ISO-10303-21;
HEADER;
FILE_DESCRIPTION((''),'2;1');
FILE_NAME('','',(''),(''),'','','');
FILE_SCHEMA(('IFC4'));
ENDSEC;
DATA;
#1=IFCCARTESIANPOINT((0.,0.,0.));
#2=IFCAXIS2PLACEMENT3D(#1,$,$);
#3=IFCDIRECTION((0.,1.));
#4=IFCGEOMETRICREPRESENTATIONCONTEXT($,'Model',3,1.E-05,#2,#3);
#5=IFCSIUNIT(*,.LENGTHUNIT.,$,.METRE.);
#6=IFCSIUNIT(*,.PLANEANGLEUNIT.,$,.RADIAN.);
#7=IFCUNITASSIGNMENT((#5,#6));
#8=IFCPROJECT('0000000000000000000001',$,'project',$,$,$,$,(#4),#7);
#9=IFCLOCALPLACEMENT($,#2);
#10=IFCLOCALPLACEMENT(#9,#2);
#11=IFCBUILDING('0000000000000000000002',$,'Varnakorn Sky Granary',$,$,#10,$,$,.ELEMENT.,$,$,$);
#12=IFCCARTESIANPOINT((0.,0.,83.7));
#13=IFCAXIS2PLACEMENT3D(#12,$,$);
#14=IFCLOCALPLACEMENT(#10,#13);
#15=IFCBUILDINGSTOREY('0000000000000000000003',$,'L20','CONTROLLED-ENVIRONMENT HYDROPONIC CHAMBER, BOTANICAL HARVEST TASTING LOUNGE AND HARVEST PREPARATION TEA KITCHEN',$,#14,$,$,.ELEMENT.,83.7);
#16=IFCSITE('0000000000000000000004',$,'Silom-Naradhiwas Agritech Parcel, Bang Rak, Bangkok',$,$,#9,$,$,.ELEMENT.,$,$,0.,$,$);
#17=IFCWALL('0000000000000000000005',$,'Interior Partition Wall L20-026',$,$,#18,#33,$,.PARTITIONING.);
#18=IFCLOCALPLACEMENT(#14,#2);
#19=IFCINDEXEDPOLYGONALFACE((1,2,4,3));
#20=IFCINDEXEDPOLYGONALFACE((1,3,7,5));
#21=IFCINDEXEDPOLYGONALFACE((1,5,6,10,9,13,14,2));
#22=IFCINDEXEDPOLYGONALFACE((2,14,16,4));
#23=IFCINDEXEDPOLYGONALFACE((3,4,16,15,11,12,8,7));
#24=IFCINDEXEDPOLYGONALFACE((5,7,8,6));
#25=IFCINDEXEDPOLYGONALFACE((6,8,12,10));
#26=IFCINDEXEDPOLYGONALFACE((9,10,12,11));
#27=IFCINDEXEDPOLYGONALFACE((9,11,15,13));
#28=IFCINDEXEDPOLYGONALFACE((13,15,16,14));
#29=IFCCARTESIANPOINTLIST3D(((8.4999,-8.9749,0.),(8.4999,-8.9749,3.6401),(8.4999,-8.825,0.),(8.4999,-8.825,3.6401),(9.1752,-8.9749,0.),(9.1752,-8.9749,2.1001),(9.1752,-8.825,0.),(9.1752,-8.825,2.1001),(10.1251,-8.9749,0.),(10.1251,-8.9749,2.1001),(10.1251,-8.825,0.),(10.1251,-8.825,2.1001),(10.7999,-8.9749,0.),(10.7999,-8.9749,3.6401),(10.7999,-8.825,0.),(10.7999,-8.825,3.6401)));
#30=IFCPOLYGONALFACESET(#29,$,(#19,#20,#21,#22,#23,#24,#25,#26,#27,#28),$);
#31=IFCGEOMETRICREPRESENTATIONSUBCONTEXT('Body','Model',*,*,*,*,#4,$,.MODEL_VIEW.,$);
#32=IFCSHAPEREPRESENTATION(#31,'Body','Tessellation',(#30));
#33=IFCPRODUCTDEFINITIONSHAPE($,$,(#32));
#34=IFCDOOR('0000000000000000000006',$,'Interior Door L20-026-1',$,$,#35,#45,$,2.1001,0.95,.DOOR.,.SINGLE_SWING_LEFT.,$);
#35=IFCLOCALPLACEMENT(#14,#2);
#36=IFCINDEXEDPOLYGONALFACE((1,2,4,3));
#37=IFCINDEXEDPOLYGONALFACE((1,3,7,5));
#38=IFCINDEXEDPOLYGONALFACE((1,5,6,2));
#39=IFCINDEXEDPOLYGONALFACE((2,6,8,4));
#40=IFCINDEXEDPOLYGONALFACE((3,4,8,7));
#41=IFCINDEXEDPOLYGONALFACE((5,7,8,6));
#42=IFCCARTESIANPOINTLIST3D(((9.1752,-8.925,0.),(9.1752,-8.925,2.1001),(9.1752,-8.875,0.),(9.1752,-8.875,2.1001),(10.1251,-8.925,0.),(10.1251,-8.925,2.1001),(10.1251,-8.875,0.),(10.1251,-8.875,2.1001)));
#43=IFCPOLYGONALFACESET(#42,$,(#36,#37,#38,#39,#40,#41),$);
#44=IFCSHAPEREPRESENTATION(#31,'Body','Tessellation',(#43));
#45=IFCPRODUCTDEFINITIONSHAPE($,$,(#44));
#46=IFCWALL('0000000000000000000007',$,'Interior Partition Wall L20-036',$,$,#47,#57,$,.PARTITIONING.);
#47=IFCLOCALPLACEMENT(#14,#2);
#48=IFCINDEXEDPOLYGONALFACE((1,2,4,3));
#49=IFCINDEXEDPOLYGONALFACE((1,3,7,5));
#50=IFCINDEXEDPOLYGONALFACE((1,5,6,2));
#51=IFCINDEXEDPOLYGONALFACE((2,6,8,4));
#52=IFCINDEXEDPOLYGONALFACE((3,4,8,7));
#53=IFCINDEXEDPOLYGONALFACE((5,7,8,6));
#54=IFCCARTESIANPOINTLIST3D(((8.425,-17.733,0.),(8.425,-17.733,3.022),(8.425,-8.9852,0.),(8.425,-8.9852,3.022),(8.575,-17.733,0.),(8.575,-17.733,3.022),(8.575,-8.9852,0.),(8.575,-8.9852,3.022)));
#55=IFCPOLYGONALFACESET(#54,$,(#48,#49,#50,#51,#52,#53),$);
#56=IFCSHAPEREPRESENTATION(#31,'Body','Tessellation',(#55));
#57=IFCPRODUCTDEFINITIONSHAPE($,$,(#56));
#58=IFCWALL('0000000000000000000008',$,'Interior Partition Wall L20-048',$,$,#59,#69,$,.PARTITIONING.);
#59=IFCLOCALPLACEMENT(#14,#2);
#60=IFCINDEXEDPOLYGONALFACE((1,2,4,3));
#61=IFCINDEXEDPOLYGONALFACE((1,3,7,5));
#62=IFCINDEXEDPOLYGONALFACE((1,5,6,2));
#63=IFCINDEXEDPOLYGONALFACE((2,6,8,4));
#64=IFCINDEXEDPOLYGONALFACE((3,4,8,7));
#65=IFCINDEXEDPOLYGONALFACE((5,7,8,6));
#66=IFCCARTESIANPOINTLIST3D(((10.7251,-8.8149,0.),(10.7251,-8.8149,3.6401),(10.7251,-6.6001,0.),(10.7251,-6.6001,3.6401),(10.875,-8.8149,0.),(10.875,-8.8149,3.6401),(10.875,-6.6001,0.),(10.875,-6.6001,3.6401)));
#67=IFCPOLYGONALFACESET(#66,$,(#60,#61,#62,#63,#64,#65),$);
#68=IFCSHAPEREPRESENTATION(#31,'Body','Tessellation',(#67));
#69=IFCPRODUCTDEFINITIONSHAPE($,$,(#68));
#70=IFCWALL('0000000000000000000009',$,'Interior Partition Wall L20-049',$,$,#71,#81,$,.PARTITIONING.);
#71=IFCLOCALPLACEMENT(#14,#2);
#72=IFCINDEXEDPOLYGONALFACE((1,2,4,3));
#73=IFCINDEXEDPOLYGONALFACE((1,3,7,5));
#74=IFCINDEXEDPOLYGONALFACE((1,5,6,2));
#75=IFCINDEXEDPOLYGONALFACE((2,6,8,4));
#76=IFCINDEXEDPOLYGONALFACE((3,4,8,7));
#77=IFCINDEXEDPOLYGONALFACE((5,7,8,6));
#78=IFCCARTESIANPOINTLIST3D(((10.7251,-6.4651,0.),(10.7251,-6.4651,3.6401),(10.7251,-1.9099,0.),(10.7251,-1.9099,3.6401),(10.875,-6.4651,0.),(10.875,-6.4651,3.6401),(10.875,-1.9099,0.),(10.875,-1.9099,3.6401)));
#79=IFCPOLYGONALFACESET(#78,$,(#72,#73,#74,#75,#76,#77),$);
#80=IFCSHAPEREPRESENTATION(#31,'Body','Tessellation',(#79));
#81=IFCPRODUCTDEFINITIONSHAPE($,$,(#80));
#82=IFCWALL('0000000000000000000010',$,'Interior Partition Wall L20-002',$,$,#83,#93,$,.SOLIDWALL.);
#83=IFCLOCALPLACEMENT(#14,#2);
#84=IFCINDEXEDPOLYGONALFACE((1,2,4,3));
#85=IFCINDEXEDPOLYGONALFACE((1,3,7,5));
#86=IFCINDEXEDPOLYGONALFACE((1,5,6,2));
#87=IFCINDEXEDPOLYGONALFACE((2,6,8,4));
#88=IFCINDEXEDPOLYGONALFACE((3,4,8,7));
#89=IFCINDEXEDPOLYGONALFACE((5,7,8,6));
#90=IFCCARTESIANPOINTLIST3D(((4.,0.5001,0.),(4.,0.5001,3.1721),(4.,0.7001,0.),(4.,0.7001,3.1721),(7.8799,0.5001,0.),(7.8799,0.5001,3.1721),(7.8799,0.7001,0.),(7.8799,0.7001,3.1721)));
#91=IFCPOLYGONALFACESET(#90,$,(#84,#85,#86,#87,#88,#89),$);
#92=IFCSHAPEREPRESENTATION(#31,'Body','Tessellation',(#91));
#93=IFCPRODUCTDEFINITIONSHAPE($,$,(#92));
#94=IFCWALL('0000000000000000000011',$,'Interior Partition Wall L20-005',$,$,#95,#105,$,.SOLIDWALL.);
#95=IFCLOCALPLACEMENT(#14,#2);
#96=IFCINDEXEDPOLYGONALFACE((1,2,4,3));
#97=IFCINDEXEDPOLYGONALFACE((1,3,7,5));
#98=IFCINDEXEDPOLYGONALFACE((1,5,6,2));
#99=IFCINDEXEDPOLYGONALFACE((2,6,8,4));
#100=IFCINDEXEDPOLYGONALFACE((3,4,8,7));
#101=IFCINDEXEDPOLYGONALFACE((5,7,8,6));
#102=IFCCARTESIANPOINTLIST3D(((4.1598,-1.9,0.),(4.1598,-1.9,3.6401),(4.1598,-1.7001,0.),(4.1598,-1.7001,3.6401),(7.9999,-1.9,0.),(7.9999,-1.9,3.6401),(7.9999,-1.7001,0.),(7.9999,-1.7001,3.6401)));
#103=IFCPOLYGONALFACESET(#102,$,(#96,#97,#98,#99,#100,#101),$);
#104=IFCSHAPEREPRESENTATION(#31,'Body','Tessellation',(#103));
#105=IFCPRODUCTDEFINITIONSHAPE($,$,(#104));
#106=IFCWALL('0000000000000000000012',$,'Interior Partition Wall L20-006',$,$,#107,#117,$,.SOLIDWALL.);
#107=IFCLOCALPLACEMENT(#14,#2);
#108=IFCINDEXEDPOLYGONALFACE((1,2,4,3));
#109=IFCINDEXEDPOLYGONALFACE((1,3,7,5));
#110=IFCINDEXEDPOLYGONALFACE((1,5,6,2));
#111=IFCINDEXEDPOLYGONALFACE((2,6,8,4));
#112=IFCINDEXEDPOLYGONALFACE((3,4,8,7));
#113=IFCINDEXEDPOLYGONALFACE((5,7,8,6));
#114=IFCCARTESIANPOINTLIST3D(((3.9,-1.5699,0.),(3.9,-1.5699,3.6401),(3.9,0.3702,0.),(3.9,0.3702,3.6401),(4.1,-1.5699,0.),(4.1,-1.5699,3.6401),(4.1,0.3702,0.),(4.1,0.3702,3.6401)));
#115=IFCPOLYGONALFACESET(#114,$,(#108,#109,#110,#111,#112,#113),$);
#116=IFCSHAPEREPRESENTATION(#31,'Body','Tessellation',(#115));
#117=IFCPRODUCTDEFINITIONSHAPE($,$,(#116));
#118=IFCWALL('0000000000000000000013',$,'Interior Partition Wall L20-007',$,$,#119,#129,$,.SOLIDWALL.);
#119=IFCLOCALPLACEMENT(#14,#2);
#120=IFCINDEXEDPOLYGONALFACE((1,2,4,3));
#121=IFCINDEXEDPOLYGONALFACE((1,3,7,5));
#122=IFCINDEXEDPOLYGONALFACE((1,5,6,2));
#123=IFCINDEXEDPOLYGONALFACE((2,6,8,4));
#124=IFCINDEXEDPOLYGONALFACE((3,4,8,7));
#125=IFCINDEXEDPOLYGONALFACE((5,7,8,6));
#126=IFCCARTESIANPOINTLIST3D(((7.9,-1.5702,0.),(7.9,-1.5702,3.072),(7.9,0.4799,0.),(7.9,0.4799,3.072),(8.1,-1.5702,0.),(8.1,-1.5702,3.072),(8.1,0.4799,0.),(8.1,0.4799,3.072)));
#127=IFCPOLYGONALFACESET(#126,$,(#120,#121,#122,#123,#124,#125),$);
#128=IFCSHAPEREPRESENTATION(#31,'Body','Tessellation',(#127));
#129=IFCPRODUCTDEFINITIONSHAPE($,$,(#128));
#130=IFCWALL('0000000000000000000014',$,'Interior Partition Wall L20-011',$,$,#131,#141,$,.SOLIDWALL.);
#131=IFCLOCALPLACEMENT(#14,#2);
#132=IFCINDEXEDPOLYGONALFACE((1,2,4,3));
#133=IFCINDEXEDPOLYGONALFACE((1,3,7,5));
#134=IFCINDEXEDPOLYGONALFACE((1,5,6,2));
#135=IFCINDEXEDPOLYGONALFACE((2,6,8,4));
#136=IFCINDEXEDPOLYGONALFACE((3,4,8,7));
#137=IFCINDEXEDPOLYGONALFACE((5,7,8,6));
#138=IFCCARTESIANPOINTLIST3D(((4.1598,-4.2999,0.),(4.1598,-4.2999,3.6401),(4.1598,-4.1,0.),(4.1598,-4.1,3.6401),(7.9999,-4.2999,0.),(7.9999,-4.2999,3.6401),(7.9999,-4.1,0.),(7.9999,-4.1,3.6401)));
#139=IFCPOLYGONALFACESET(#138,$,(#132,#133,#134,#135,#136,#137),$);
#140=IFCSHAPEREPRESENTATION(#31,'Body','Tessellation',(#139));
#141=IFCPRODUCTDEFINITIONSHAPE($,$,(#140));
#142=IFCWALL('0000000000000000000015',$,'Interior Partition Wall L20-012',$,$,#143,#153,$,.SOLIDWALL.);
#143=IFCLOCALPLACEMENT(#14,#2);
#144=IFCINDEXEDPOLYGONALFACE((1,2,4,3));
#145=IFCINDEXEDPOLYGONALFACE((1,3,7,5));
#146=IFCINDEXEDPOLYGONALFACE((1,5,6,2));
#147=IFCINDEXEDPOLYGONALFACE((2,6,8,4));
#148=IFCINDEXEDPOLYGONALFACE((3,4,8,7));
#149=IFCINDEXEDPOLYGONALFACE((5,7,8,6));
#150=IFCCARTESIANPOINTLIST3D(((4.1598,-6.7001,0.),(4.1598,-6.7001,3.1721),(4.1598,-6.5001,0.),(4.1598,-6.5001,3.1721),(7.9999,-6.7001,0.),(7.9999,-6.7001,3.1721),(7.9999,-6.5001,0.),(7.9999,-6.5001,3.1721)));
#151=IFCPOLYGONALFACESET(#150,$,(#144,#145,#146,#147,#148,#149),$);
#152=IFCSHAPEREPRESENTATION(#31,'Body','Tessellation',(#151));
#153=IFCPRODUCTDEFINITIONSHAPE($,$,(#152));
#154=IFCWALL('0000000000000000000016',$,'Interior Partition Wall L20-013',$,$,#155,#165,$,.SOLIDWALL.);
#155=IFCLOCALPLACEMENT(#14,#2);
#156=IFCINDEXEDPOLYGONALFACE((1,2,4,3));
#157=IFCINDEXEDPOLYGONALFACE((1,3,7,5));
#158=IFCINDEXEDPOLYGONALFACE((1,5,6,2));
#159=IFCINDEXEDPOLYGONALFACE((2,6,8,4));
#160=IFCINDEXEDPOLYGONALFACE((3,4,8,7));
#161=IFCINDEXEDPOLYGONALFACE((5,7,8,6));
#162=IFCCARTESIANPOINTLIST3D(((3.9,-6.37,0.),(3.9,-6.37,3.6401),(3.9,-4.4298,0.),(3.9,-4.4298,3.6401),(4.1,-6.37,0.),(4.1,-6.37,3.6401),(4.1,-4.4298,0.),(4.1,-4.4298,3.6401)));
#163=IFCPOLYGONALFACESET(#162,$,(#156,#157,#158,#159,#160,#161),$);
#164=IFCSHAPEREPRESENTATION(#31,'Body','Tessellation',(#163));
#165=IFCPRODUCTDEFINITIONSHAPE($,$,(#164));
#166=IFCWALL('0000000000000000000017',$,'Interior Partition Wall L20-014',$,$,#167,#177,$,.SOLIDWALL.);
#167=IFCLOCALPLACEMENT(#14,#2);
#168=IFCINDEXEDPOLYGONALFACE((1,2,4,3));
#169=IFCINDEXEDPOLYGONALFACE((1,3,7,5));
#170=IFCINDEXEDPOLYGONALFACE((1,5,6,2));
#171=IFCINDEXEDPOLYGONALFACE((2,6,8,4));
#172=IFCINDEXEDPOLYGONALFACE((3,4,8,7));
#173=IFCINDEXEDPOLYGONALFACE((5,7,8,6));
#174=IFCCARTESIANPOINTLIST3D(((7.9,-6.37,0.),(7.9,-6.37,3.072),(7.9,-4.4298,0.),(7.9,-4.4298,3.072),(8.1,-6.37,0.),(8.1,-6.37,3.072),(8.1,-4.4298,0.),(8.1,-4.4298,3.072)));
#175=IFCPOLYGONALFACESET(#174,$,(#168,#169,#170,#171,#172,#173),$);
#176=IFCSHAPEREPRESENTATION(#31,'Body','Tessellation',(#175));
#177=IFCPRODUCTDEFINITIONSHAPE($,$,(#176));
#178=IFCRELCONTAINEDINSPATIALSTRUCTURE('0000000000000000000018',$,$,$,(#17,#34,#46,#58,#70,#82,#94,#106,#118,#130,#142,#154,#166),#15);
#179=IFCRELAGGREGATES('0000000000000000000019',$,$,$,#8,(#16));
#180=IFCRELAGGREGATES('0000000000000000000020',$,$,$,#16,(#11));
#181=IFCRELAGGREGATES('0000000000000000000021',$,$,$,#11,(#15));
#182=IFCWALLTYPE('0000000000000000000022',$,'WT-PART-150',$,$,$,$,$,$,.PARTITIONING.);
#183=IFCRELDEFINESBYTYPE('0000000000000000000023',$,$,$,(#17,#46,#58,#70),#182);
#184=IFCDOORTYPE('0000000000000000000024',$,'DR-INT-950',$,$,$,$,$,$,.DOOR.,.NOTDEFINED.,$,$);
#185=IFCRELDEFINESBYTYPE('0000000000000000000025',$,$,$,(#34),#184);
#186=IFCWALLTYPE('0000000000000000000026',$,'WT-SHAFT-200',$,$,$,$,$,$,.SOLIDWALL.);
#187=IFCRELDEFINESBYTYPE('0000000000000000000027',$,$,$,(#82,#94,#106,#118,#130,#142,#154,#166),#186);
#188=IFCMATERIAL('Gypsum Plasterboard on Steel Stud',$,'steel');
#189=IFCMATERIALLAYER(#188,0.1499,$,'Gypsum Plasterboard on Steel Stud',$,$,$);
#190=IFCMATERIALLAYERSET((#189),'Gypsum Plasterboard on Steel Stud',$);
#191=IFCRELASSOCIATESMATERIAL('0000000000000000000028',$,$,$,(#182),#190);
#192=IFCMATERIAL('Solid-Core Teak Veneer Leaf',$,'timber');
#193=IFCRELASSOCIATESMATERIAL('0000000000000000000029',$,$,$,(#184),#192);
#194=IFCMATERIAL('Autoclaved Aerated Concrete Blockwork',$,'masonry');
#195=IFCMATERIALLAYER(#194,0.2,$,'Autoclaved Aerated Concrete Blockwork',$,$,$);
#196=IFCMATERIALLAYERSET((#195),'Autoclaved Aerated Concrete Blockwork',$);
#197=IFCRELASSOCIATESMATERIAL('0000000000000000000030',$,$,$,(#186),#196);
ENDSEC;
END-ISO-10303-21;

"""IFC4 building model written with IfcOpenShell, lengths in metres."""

from ifc_helpers import new_model, si_unit, direction, frame, frame_2d, origin, place, context, subcontext, project, spatial, rectangle, extrude, material, layer, layer_set, type_object, element, fill, save


model = new_model("IFC4")

# Units and contexts
model_context = context("Model", 3, precision=1e-05, world=origin(), true_north=direction((0.0, 1.0)))
body_context = subcontext(model_context, "Body", "Model", "MODEL_VIEW")
ifc_project = project(units=[si_unit("LENGTHUNIT", "METRE"), si_unit("PLANEANGLEUNIT", "RADIAN")], contexts=[model_context])

# Site, building, storey
site_placement = place(None, origin())
site = spatial("IfcSite", under=ifc_project, at=site_placement, Name="Silom-Naradhiwas Agritech Parcel, Bang Rak, Bangkok", CompositionType="ELEMENT", RefElevation=0.0)
building_placement = place(site_placement, origin())
building = spatial("IfcBuilding", under=site, at=building_placement, Name="Varnakorn Sky Granary", CompositionType="ELEMENT")
storey_placement = place(building_placement, frame((0.0, 0.0, 83.7)))
storey = spatial("IfcBuildingStorey", under=building, at=storey_placement, Name="L20", Description="CONTROLLED-ENVIRONMENT HYDROPONIC CHAMBER, BOTANICAL HARVEST TASTING LOUNGE AND HARVEST PREPARATION TEA KITCHEN", CompositionType="ELEMENT", Elevation=83.7)

# Wall, opening, door
ifc_material_1 = material(Name="Autoclaved Aerated Concrete Blockwork", Category="masonry")
ifc_material_2 = material(Name="Gypsum Plasterboard on Steel Stud", Category="steel")
ifc_layer_1 = layer(ifc_material_2, 0.1499, Name="Gypsum Plasterboard on Steel Stud")
ifc_layer_set_1 = layer_set([ifc_layer_1], Name="Gypsum Plasterboard on Steel Stud")
wall_type_1 = type_object("IfcWallType", Name="WT-PART-150", PredefinedType="PARTITIONING", material=ifc_layer_set_1)
wall_1_placement = place(storey_placement, frame((8.5, -8.8999, 0.0), z_axis=(0.0, 0.0, 1.0), x_axis=(1.0, 0.0, 0.0)))
wall_1 = element("IfcWall", 1, at=wall_1_placement, inside=storey, type_object=wall_type_1, Name="Interior Partition Wall L20-026", PredefinedType="PARTITIONING", context=body_context, shape_type="SweptSolid", body=[
    extrude(rectangle(XDim=2.3, YDim=0.1499, at=frame_2d((1.1499, 0.0))), origin(), (0.0, 0.0, 1.0), 3.6401),
])
opening_1_placement = place(wall_1_placement, frame((0.675, 0.0, 0.0)))
opening_1 = element("IfcOpeningElement", 2, at=opening_1_placement, cuts=wall_1, PredefinedType="OPENING", context=body_context, shape_type="SweptSolid", body=[
    extrude(rectangle(XDim=0.95, YDim=2.1001, at=frame_2d((0.4751, 1.05))), frame((0.0, 0.085, 0.0), z_axis=(0.0, -1.0, 0.0), x_axis=(1.0, 0.0, 0.0)), (0.0, 0.0, 1.0), 0.1699),
])
ifc_material_3 = material(Name="Solid-Core Teak Veneer Leaf", Category="timber")
door_type_1 = type_object("IfcDoorType", Name="DR-INT-950", OperationType="NOTDEFINED", PredefinedType="DOOR", material=ifc_material_3)
door_1_placement = place(opening_1_placement, origin())
door_1 = element("IfcDoor", 3, at=door_1_placement, inside=storey, type_object=door_type_1, Name="Interior Door L20-026-1", OperationType="SINGLE_SWING_LEFT", OverallHeight=2.1001, OverallWidth=0.95, PredefinedType="DOOR", context=body_context, shape_type="SweptSolid", body=[
    extrude(rectangle(XDim=0.95, YDim=2.1001, at=frame_2d((0.4751, 1.05))), frame((0.0, 0.0249, 0.0), z_axis=(0.0, -1.0, 0.0), x_axis=(1.0, 0.0, 0.0)), (0.0, 0.0, 1.0), 0.05),
])
fill(opening_1, door_1)

# Walls
wall_2_placement = place(storey_placement, frame((8.5, -8.9851, 0.0), z_axis=(0.0, 0.0, 1.0), x_axis=(0.0, -1.0, 0.0)))
element("IfcWall", 4, at=wall_2_placement, inside=storey, type_object=wall_type_1, Name="Interior Partition Wall L20-036", PredefinedType="PARTITIONING", context=body_context, shape_type="SweptSolid", body=[
    extrude(rectangle(XDim=8.7478, YDim=0.1499, at=frame_2d((4.374, 0.0))), origin(), (0.0, 0.0, 1.0), 3.022),
])
wall_3_placement = place(storey_placement, frame((10.8, -8.8149, 0.0), z_axis=(0.0, 0.0, 1.0), x_axis=(0.0, 1.0, 0.0)))
element("IfcWall", 5, at=wall_3_placement, inside=storey, type_object=wall_type_1, Name="Interior Partition Wall L20-048", PredefinedType="PARTITIONING", context=body_context, shape_type="SweptSolid", body=[
    extrude(rectangle(XDim=2.2148, YDim=0.1499, at=frame_2d((1.1074, 0.0))), origin(), (0.0, 0.0, 1.0), 3.6401),
])
wall_4_placement = place(storey_placement, frame((10.8, -6.4651, 0.0), z_axis=(0.0, 0.0, 1.0), x_axis=(0.0, 1.0, 0.0)))
element("IfcWall", 6, at=wall_4_placement, inside=storey, type_object=wall_type_1, Name="Interior Partition Wall L20-049", PredefinedType="PARTITIONING", context=body_context, shape_type="SweptSolid", body=[
    extrude(rectangle(XDim=4.5552, YDim=0.1499, at=frame_2d((2.2776, 0.0))), origin(), (0.0, 0.0, 1.0), 3.6401),
])
ifc_layer_2 = layer(ifc_material_1, 0.2, Name="Autoclaved Aerated Concrete Blockwork")
ifc_layer_set_2 = layer_set([ifc_layer_2], Name="Autoclaved Aerated Concrete Blockwork")
wall_type_2 = type_object("IfcWallType", Name="WT-SHAFT-200", PredefinedType="SOLIDWALL", material=ifc_layer_set_2)
wall_5_placement = place(storey_placement, frame((4.0, 0.6001, 0.0), z_axis=(0.0, 0.0, 1.0), x_axis=(1.0, 0.0, 0.0)))
element("IfcWall", 7, at=wall_5_placement, inside=storey, type_object=wall_type_2, Name="Interior Partition Wall L20-002", PredefinedType="SOLIDWALL", context=body_context, shape_type="SweptSolid", body=[
    extrude(rectangle(XDim=3.8799, YDim=0.2, at=frame_2d((1.9399, 0.0))), origin(), (0.0, 0.0, 1.0), 3.1721),
])
wall_6_placement = place(storey_placement, frame((4.1599, -1.8, 0.0), z_axis=(0.0, 0.0, 1.0), x_axis=(1.0, 0.0, 0.0)))
element("IfcWall", 8, at=wall_6_placement, inside=storey, type_object=wall_type_2, Name="Interior Partition Wall L20-005", PredefinedType="SOLIDWALL", context=body_context, shape_type="SweptSolid", body=[
    extrude(rectangle(XDim=3.8401, YDim=0.2, at=frame_2d((1.9199, 0.0))), origin(), (0.0, 0.0, 1.0), 3.6401),
])
wall_7_placement = place(storey_placement, frame((4.0, -1.5701, 0.0), z_axis=(0.0, 0.0, 1.0), x_axis=(0.0, 1.0, 0.0)))
element("IfcWall", 9, at=wall_7_placement, inside=storey, type_object=wall_type_2, Name="Interior Partition Wall L20-006", PredefinedType="SOLIDWALL", context=body_context, shape_type="SweptSolid", body=[
    extrude(rectangle(XDim=1.9402, YDim=0.2, at=frame_2d((0.9702, 0.0))), origin(), (0.0, 0.0, 1.0), 3.6401),
])
wall_8_placement = place(storey_placement, frame((8.0, -1.5701, 0.0), z_axis=(0.0, 0.0, 1.0), x_axis=(0.0, 1.0, 0.0)))
element("IfcWall", 10, at=wall_8_placement, inside=storey, type_object=wall_type_2, Name="Interior Partition Wall L20-007", PredefinedType="SOLIDWALL", context=body_context, shape_type="SweptSolid", body=[
    extrude(rectangle(XDim=2.05, YDim=0.2, at=frame_2d((1.0249, 0.0))), origin(), (0.0, 0.0, 1.0), 3.072),
])
wall_9_placement = place(storey_placement, frame((4.1599, -4.2, 0.0), z_axis=(0.0, 0.0, 1.0), x_axis=(1.0, 0.0, 0.0)))
element("IfcWall", 11, at=wall_9_placement, inside=storey, type_object=wall_type_2, Name="Interior Partition Wall L20-011", PredefinedType="SOLIDWALL", context=body_context, shape_type="SweptSolid", body=[
    extrude(rectangle(XDim=3.8401, YDim=0.2, at=frame_2d((1.9199, 0.0))), origin(), (0.0, 0.0, 1.0), 3.6401),
])
wall_10_placement = place(storey_placement, frame((4.1599, -6.6001, 0.0), z_axis=(0.0, 0.0, 1.0), x_axis=(1.0, 0.0, 0.0)))
element("IfcWall", 12, at=wall_10_placement, inside=storey, type_object=wall_type_2, Name="Interior Partition Wall L20-012", PredefinedType="SOLIDWALL", context=body_context, shape_type="SweptSolid", body=[
    extrude(rectangle(XDim=3.8401, YDim=0.2, at=frame_2d((1.9199, 0.0))), origin(), (0.0, 0.0, 1.0), 3.1721),
])
wall_11_placement = place(storey_placement, frame((4.0, -6.3701, 0.0), z_axis=(0.0, 0.0, 1.0), x_axis=(0.0, 1.0, 0.0)))
element("IfcWall", 13, at=wall_11_placement, inside=storey, type_object=wall_type_2, Name="Interior Partition Wall L20-013", PredefinedType="SOLIDWALL", context=body_context, shape_type="SweptSolid", body=[
    extrude(rectangle(XDim=1.9402, YDim=0.2, at=frame_2d((0.9702, 0.0))), origin(), (0.0, 0.0, 1.0), 3.6401),
])
wall_12_placement = place(storey_placement, frame((8.0, -6.3701, 0.0), z_axis=(0.0, 0.0, 1.0), x_axis=(0.0, 1.0, 0.0)))
element("IfcWall", 14, at=wall_12_placement, inside=storey, type_object=wall_type_2, Name="Interior Partition Wall L20-014", PredefinedType="SOLIDWALL", context=body_context, shape_type="SweptSolid", body=[
    extrude(rectangle(XDim=1.9402, YDim=0.2, at=frame_2d((0.9702, 0.0))), origin(), (0.0, 0.0, 1.0), 3.072),
])

save(model, "model.ifc")
